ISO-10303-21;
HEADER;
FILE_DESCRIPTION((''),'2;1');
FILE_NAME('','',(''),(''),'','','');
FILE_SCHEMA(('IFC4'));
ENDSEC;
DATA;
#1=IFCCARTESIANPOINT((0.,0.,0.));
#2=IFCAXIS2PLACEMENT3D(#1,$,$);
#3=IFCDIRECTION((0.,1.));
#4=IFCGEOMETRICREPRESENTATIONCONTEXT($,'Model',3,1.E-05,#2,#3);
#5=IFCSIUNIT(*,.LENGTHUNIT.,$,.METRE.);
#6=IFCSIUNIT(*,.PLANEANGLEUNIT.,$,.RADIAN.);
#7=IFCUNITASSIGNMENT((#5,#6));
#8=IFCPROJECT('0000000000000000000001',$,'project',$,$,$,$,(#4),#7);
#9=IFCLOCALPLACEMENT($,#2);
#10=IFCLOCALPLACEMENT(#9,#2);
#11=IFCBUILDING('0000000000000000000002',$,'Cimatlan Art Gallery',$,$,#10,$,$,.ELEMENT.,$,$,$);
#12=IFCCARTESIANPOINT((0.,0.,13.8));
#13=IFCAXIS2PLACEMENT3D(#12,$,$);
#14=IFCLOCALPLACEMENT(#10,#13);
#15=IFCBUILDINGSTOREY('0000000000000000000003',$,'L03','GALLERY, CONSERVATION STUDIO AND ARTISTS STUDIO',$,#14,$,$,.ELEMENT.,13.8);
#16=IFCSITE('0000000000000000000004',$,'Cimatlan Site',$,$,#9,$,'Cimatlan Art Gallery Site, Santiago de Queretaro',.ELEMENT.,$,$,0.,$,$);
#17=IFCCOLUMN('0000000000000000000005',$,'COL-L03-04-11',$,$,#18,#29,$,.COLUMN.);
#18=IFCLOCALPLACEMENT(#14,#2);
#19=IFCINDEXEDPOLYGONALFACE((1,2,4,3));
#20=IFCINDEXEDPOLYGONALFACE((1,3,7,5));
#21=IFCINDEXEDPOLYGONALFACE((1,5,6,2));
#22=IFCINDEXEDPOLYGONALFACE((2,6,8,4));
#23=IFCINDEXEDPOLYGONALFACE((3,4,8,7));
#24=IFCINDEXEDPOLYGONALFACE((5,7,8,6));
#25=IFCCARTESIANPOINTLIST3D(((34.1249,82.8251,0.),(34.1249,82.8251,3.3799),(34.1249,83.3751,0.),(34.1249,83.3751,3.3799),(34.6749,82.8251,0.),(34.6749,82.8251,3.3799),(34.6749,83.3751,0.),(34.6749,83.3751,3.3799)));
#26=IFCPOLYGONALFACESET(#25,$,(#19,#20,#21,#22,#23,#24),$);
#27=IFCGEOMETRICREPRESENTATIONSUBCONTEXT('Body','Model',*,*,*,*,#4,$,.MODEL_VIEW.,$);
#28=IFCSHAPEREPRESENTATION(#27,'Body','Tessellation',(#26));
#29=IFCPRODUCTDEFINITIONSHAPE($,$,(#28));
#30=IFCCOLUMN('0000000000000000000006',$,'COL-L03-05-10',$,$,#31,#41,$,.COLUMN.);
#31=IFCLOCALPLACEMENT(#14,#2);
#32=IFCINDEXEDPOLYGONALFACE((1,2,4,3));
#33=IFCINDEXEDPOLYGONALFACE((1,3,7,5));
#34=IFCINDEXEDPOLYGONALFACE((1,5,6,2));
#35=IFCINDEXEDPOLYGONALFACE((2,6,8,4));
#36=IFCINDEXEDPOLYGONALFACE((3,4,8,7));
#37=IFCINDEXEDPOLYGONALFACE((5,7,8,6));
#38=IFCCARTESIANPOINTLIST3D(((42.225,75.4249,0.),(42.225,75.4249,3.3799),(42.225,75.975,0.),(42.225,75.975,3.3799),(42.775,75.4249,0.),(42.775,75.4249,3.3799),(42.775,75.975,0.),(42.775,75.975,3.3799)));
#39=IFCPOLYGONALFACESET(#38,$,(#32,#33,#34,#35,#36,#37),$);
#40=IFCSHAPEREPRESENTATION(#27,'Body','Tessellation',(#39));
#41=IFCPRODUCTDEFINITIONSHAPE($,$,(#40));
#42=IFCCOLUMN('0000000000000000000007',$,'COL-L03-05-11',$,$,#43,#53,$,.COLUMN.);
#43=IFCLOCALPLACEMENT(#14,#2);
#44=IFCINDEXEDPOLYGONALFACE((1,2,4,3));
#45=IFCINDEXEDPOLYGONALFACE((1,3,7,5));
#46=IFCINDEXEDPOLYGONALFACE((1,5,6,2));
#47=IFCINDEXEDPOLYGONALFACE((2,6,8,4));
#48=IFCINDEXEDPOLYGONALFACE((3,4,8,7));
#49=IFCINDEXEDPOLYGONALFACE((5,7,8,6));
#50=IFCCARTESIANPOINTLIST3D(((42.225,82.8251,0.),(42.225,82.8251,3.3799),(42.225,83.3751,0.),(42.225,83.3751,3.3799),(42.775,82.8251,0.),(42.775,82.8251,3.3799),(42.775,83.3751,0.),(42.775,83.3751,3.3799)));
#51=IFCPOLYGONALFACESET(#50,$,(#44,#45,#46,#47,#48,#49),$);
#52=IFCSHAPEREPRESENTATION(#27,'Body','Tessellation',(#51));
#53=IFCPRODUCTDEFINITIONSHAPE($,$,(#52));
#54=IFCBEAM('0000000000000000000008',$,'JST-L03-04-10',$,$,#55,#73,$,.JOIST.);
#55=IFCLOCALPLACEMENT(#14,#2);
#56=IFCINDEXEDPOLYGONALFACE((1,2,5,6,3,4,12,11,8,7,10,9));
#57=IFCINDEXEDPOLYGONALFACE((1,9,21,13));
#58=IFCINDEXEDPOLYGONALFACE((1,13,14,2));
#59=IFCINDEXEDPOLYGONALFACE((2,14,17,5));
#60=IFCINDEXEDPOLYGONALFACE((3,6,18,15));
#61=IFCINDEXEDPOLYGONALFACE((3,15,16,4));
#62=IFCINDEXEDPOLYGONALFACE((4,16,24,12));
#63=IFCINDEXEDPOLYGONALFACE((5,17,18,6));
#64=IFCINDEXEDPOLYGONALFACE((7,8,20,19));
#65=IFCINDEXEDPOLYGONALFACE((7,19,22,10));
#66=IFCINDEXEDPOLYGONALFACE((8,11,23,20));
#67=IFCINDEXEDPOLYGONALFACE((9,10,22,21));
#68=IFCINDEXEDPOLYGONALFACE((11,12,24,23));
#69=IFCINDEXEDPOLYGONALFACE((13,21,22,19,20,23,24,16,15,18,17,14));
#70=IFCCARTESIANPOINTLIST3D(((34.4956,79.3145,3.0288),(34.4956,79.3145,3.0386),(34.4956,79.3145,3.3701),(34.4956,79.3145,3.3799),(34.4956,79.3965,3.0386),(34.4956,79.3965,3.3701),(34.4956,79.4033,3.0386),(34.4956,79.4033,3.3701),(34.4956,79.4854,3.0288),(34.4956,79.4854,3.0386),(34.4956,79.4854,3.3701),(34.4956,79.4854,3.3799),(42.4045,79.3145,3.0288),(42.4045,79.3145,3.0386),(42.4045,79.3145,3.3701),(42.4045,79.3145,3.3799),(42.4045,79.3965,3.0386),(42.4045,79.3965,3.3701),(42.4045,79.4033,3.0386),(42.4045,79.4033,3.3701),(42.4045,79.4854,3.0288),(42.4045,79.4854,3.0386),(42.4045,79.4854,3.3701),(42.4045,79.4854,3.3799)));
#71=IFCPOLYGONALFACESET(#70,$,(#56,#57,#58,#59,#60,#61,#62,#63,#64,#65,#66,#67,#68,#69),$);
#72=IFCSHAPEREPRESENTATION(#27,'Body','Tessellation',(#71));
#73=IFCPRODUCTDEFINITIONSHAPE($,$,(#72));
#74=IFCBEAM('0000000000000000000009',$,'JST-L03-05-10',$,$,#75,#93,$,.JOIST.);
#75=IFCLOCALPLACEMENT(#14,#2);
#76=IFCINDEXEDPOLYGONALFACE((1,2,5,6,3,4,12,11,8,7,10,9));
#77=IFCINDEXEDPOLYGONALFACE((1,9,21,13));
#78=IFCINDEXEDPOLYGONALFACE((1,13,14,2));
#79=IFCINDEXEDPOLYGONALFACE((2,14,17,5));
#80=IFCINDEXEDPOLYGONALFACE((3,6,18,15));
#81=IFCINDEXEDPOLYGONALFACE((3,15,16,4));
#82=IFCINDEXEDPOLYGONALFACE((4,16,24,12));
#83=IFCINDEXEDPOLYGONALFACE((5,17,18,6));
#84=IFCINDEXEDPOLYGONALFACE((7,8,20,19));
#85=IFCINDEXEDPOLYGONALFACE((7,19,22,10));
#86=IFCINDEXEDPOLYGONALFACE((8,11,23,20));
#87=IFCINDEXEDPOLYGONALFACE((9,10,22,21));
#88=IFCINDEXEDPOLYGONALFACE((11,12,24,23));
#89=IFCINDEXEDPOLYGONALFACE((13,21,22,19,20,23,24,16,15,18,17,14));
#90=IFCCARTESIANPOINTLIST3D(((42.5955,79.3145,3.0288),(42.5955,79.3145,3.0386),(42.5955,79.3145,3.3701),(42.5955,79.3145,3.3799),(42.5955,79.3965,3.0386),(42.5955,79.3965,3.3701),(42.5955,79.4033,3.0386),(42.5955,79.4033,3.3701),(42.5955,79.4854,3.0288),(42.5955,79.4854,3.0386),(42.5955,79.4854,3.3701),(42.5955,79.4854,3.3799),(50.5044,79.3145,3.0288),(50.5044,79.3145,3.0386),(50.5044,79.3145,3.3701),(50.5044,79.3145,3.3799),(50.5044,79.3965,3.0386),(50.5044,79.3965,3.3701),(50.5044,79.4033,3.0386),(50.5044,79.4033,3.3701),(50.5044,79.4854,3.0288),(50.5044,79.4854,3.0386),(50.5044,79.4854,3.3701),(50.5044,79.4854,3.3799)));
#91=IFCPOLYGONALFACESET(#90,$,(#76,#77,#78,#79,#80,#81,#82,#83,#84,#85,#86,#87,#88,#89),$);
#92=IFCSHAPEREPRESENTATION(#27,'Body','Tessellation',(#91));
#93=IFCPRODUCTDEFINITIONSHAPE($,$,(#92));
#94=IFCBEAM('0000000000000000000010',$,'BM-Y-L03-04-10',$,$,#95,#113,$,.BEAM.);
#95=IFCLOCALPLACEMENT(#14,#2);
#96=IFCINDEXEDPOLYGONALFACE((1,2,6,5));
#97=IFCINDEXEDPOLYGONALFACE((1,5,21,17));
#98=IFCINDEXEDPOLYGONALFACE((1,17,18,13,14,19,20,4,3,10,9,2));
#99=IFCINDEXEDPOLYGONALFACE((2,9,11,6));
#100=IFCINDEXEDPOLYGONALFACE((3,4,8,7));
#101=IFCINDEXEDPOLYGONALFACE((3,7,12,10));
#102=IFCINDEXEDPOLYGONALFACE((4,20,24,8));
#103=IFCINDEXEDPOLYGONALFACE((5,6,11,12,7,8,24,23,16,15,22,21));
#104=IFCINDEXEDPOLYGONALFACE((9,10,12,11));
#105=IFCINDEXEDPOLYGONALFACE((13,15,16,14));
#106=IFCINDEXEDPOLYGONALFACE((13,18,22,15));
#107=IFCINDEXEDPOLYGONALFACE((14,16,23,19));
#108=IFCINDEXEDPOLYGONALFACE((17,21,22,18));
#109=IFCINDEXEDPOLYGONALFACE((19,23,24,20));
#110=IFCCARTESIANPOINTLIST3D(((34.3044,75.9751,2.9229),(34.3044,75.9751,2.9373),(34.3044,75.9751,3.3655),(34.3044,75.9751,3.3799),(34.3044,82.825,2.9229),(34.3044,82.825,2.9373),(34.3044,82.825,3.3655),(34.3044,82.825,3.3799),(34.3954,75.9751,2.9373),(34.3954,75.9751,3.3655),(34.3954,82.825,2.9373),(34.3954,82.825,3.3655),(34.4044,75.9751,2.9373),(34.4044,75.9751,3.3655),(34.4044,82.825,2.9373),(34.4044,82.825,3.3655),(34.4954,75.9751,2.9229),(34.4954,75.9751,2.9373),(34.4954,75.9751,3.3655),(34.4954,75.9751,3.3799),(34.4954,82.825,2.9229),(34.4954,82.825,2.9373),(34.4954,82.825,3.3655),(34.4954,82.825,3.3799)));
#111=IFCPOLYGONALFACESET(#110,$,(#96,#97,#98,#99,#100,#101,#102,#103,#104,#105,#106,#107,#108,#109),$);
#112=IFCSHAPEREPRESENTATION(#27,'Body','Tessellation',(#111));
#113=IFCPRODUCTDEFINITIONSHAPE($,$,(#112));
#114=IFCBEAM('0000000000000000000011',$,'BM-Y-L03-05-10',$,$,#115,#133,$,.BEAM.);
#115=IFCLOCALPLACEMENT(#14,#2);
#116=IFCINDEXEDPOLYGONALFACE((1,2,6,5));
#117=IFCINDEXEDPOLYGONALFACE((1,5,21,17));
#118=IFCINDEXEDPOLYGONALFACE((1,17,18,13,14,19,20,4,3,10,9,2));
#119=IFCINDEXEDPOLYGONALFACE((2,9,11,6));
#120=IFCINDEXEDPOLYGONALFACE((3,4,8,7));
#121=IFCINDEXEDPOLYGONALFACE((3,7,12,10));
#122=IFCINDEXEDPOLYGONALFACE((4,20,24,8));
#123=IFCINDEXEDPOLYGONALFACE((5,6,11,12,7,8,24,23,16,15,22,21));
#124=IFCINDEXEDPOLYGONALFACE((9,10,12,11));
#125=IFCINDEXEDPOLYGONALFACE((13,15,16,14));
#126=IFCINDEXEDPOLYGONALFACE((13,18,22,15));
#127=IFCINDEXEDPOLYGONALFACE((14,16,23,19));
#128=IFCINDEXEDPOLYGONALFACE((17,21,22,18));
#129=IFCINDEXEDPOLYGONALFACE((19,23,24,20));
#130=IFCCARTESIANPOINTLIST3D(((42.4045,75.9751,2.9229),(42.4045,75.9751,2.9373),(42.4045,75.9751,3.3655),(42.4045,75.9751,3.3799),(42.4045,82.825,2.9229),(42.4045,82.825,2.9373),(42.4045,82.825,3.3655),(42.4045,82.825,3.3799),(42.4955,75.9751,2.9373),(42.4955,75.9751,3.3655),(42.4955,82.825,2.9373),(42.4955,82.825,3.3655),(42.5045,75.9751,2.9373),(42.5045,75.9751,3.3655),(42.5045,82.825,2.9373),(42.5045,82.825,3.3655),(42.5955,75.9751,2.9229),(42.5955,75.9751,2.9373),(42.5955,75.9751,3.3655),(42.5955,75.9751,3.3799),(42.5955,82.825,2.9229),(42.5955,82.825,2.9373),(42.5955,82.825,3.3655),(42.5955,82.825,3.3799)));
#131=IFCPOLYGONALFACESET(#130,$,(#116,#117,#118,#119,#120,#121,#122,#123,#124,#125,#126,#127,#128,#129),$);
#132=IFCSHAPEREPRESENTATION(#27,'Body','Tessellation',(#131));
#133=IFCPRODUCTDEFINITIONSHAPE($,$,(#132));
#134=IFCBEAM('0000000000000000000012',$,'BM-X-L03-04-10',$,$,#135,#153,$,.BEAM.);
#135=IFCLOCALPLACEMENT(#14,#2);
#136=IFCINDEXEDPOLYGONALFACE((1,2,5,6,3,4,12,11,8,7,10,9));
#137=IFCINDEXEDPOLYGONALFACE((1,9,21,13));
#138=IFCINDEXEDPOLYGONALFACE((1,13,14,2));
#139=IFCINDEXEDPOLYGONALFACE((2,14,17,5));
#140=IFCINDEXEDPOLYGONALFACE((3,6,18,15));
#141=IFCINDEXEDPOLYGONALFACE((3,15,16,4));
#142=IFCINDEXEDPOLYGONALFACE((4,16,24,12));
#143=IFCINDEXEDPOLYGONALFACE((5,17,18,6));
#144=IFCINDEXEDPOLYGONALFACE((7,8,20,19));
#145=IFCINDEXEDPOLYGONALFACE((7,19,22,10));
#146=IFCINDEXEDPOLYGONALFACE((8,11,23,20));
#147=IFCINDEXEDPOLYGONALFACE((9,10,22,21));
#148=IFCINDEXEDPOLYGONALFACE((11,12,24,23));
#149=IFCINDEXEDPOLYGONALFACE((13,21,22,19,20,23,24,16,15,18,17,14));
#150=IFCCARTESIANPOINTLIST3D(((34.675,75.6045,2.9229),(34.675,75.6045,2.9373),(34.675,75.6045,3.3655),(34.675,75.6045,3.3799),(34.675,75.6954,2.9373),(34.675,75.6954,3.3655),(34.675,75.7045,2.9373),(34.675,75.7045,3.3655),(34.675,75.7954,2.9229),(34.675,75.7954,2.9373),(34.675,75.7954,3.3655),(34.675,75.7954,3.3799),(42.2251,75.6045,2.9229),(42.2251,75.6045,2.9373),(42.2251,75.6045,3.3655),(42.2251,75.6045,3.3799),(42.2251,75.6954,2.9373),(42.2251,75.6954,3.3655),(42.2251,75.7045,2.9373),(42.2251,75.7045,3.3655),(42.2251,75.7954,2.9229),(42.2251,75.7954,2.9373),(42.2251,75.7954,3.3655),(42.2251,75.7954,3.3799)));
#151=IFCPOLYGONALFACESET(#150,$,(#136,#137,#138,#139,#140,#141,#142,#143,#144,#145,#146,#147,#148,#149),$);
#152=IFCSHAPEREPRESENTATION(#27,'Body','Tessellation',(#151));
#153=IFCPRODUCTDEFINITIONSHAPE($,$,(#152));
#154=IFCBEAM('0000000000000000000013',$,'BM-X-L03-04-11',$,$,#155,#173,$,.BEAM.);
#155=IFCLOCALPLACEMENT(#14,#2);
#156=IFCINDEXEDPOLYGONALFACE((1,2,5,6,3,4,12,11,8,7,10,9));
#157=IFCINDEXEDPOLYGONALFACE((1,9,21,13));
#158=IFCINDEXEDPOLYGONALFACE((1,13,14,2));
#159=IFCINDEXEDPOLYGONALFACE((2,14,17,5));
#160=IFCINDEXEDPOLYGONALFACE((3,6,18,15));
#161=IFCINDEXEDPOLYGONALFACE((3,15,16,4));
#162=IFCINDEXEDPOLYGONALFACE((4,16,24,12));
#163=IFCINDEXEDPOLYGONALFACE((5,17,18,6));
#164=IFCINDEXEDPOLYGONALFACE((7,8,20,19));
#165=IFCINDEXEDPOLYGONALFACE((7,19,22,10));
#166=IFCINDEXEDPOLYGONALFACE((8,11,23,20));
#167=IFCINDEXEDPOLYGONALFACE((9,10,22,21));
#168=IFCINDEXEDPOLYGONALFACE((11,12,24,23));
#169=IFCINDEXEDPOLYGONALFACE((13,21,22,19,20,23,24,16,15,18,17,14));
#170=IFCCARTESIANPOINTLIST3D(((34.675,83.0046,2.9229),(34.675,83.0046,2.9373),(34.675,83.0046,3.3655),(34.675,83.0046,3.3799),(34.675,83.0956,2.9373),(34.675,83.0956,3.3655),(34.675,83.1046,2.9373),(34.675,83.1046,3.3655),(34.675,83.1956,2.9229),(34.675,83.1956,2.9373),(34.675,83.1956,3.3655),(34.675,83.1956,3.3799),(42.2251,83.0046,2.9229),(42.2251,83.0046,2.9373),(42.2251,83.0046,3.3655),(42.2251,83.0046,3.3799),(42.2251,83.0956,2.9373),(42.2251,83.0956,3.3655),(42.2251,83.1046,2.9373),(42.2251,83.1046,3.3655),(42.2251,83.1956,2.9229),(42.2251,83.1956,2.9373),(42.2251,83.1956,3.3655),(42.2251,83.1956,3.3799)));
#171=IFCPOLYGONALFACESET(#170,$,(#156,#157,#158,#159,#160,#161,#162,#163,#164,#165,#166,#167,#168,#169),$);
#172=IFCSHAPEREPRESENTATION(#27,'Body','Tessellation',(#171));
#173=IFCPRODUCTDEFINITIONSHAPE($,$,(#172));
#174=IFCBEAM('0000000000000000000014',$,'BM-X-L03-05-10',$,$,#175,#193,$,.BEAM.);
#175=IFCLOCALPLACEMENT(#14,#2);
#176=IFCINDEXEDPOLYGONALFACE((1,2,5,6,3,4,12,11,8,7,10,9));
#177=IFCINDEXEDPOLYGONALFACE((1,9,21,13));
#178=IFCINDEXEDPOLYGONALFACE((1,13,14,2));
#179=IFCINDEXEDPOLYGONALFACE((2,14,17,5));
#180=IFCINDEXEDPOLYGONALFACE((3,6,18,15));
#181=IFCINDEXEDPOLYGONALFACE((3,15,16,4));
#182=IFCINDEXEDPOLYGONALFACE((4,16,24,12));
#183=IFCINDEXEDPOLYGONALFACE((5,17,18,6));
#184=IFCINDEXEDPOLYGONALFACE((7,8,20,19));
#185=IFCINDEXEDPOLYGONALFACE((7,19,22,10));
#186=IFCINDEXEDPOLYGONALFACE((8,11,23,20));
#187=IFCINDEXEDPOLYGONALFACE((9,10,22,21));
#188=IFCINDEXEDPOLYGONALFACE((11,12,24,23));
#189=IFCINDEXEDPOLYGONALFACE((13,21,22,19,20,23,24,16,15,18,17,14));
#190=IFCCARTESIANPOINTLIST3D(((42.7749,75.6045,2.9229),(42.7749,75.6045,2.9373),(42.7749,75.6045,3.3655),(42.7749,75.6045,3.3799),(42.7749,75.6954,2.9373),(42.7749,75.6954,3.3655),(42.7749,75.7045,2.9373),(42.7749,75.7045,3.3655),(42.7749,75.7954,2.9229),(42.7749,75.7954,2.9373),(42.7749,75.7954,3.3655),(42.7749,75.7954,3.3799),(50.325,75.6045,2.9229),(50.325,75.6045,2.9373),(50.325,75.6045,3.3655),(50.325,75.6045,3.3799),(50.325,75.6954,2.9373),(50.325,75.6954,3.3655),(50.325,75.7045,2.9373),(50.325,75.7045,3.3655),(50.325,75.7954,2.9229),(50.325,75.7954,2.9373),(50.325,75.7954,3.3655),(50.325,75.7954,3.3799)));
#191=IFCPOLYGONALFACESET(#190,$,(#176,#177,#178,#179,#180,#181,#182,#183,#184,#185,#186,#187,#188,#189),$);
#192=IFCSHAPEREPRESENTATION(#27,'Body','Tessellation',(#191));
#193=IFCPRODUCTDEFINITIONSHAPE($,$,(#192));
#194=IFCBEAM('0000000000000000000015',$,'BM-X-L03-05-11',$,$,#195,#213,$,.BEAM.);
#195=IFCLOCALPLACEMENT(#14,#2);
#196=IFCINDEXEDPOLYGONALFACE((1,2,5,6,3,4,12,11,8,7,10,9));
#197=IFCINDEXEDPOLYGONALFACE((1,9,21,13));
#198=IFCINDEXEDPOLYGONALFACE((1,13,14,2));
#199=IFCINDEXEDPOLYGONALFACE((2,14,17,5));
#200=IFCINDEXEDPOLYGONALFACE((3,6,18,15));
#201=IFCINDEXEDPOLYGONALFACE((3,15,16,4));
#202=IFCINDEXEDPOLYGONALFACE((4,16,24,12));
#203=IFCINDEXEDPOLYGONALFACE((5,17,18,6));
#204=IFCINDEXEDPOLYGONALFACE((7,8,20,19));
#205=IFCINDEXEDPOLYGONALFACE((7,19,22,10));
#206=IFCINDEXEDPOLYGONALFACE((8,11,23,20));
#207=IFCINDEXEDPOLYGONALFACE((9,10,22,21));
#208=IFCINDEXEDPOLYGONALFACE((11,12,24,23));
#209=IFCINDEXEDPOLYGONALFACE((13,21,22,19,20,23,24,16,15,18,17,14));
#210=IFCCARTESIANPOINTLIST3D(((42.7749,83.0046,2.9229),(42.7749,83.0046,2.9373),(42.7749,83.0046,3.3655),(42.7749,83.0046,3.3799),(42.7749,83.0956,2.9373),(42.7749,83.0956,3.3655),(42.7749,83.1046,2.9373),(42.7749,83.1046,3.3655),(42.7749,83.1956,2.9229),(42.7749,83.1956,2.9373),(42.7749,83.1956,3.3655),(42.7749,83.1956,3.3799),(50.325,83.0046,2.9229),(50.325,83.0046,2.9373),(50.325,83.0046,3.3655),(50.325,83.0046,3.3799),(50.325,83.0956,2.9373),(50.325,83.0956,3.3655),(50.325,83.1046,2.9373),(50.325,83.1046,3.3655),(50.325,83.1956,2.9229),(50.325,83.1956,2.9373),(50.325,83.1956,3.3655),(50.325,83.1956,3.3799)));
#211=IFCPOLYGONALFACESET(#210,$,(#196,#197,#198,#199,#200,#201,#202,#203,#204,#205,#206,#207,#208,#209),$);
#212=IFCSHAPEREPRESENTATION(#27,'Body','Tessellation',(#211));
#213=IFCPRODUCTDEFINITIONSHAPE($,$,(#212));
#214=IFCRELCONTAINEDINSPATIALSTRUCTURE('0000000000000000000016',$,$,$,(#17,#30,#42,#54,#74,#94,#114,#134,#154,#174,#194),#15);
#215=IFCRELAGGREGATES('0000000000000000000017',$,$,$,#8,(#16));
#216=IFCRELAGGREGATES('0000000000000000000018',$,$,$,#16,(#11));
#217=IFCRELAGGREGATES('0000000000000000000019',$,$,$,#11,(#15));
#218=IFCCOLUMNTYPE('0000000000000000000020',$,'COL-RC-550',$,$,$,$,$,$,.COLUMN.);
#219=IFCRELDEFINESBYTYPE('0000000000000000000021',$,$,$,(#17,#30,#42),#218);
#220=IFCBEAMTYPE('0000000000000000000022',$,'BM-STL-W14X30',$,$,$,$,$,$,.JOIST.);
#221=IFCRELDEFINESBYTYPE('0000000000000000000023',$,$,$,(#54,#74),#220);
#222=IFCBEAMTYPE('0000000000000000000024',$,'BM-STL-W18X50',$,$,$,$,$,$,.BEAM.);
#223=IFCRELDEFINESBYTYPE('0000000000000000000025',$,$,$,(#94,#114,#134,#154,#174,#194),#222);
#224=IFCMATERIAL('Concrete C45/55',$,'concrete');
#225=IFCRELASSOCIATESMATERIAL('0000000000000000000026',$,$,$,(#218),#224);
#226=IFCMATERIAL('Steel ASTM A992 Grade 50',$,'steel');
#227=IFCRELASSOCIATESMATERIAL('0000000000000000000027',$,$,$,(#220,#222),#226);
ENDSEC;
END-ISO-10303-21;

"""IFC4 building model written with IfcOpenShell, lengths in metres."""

from ifc_helpers import new_model, si_unit, direction, frame, origin, origin_2d, place, context, subcontext, project, spatial, rectangle, i_section, extrude, material, material_profile, profile_set, type_object, element, save


model = new_model("IFC4")

# Units and contexts
model_context = context("Model", 3, precision=1e-05, world=origin(), true_north=direction((0.0, 1.0)))
body_context = subcontext(model_context, "Body", "Model", "MODEL_VIEW")
ifc_project = project(units=[si_unit("LENGTHUNIT", "METRE"), si_unit("PLANEANGLEUNIT", "RADIAN")], contexts=[model_context])

# Site, building, storey
site_placement = place(None, origin())
site = spatial("IfcSite", under=ifc_project, at=site_placement, Name="Cimatlan Site", LongName="Cimatlan Art Gallery Site, Santiago de Queretaro", CompositionType="ELEMENT", RefElevation=0.0)
building_placement = place(site_placement, origin())
building = spatial("IfcBuilding", under=site, at=building_placement, Name="Cimatlan Art Gallery", CompositionType="ELEMENT")
storey_placement = place(building_placement, frame((0.0, 0.0, 13.8)))
storey = spatial("IfcBuildingStorey", under=building, at=storey_placement, Name="L03", Description="GALLERY, CONSERVATION STUDIO AND ARTISTS STUDIO", CompositionType="ELEMENT", Elevation=13.8)

# Columns
ifc_material_1 = material(Name="Concrete C45/55", Category="concrete")
ifc_material_profile_1 = material_profile(ifc_material_1, rectangle(XDim=0.55, YDim=0.55, at=origin_2d()), Name="RC550X550")
ifc_profile_set_1 = profile_set([ifc_material_profile_1], Name="Concrete C45/55")
column_type = type_object("IfcColumnType", Name="COL-RC-550", PredefinedType="COLUMN", material=ifc_profile_set_1)
for number, where, z_axis, x_axis, name in (
    (1, (34.3999, 83.1001, 0.0), (0.0, 0.0, 1.0), (1.0, 0.0, 0.0), "COL-L03-04-11"),
    (2, (42.5, 75.7, 0.0), (0.0, 0.0, 1.0), (1.0, 0.0, 0.0), "COL-L03-05-10"),
    (3, (42.5, 83.1001, 0.0), (0.0, 0.0, 1.0), (1.0, 0.0, 0.0), "COL-L03-05-11"),
):
    element("IfcColumn", number, at=place(storey_placement, frame(where, z_axis=z_axis, x_axis=x_axis)), inside=storey, type_object=column_type, Name=name, PredefinedType="COLUMN", context=body_context, shape_type="SweptSolid", body=[
        extrude(rectangle(XDim=0.55, YDim=0.55, at=origin_2d()), origin(), (0.0, 0.0, 1.0), 3.3799),
    ])

# Beams
ifc_material_2 = material(Name="Steel ASTM A992 Grade 50", Category="steel")
ifc_material_profile_2 = material_profile(ifc_material_2, i_section(OverallWidth=0.1709, OverallDepth=0.3511, WebThickness=0.0068, FlangeThickness=0.0098, at=origin_2d()), Name="W14X30")
ifc_profile_set_2 = profile_set([ifc_material_profile_2], Name="Steel ASTM A992 Grade 50")
beam_type_1 = type_object("IfcBeamType", Name="BM-STL-W14X30", PredefinedType="JOIST", material=ifc_profile_set_2)
for number, where, z_axis, x_axis, name in (
    (4, (34.4956, 79.3999, 3.2043), (1.0, 0.0, 0.0), (0.0, 1.0, 0.0), "JST-L03-04-10"),
    (5, (42.5955, 79.3999, 3.2043), (1.0, 0.0, 0.0), (0.0, 1.0, 0.0), "JST-L03-05-10"),
):
    element("IfcBeam", number, at=place(storey_placement, frame(where, z_axis=z_axis, x_axis=x_axis)), inside=storey, type_object=beam_type_1, Name=name, PredefinedType="JOIST", context=body_context, shape_type="SweptSolid", body=[
        extrude(i_section(OverallWidth=0.1709, OverallDepth=0.3511, WebThickness=0.0068, FlangeThickness=0.0098, at=origin_2d()), origin(), (0.0, 0.0, 1.0), 7.9089),
    ])
ifc_material_profile_3 = material_profile(ifc_material_2, i_section(OverallWidth=0.1909, OverallDepth=0.457, WebThickness=0.009, FlangeThickness=0.0144, at=origin_2d()), Name="W18X50")
ifc_profile_set_3 = profile_set([ifc_material_profile_3], Name="Steel ASTM A992 Grade 50")
beam_type_2 = type_object("IfcBeamType", Name="BM-STL-W18X50", PredefinedType="BEAM", material=ifc_profile_set_3)
for number, where, z_axis, x_axis, name in (
    (6, (34.3999, 75.9751, 3.1514), (0.0, 1.0, 0.0), (-1.0, 0.0, 0.0), "BM-Y-L03-04-10"),
    (7, (42.5, 75.9751, 3.1514), (0.0, 1.0, 0.0), (-1.0, 0.0, 0.0), "BM-Y-L03-05-10"),
):
    element("IfcBeam", number, at=place(storey_placement, frame(where, z_axis=z_axis, x_axis=x_axis)), inside=storey, type_object=beam_type_2, Name=name, PredefinedType="BEAM", context=body_context, shape_type="SweptSolid", body=[
        extrude(i_section(OverallWidth=0.1909, OverallDepth=0.457, WebThickness=0.009, FlangeThickness=0.0144, at=origin_2d()), origin(), (0.0, 0.0, 1.0), 6.8499),
    ])
for number, where, z_axis, x_axis, name in (
    (8, (34.675, 75.7, 3.1514), (1.0, 0.0, 0.0), (0.0, 1.0, 0.0), "BM-X-L03-04-10"),
    (9, (34.675, 83.1001, 3.1514), (1.0, 0.0, 0.0), (0.0, 1.0, 0.0), "BM-X-L03-04-11"),
    (10, (42.7749, 75.7, 3.1514), (1.0, 0.0, 0.0), (0.0, 1.0, 0.0), "BM-X-L03-05-10"),
    (11, (42.7749, 83.1001, 3.1514), (1.0, 0.0, 0.0), (0.0, 1.0, 0.0), "BM-X-L03-05-11"),
):
    element("IfcBeam", number, at=place(storey_placement, frame(where, z_axis=z_axis, x_axis=x_axis)), inside=storey, type_object=beam_type_2, Name=name, PredefinedType="BEAM", context=body_context, shape_type="SweptSolid", body=[
        extrude(i_section(OverallWidth=0.1909, OverallDepth=0.457, WebThickness=0.009, FlangeThickness=0.0144, at=origin_2d()), origin(), (0.0, 0.0, 1.0), 7.55),
    ])

save(model, "model.ifc")
